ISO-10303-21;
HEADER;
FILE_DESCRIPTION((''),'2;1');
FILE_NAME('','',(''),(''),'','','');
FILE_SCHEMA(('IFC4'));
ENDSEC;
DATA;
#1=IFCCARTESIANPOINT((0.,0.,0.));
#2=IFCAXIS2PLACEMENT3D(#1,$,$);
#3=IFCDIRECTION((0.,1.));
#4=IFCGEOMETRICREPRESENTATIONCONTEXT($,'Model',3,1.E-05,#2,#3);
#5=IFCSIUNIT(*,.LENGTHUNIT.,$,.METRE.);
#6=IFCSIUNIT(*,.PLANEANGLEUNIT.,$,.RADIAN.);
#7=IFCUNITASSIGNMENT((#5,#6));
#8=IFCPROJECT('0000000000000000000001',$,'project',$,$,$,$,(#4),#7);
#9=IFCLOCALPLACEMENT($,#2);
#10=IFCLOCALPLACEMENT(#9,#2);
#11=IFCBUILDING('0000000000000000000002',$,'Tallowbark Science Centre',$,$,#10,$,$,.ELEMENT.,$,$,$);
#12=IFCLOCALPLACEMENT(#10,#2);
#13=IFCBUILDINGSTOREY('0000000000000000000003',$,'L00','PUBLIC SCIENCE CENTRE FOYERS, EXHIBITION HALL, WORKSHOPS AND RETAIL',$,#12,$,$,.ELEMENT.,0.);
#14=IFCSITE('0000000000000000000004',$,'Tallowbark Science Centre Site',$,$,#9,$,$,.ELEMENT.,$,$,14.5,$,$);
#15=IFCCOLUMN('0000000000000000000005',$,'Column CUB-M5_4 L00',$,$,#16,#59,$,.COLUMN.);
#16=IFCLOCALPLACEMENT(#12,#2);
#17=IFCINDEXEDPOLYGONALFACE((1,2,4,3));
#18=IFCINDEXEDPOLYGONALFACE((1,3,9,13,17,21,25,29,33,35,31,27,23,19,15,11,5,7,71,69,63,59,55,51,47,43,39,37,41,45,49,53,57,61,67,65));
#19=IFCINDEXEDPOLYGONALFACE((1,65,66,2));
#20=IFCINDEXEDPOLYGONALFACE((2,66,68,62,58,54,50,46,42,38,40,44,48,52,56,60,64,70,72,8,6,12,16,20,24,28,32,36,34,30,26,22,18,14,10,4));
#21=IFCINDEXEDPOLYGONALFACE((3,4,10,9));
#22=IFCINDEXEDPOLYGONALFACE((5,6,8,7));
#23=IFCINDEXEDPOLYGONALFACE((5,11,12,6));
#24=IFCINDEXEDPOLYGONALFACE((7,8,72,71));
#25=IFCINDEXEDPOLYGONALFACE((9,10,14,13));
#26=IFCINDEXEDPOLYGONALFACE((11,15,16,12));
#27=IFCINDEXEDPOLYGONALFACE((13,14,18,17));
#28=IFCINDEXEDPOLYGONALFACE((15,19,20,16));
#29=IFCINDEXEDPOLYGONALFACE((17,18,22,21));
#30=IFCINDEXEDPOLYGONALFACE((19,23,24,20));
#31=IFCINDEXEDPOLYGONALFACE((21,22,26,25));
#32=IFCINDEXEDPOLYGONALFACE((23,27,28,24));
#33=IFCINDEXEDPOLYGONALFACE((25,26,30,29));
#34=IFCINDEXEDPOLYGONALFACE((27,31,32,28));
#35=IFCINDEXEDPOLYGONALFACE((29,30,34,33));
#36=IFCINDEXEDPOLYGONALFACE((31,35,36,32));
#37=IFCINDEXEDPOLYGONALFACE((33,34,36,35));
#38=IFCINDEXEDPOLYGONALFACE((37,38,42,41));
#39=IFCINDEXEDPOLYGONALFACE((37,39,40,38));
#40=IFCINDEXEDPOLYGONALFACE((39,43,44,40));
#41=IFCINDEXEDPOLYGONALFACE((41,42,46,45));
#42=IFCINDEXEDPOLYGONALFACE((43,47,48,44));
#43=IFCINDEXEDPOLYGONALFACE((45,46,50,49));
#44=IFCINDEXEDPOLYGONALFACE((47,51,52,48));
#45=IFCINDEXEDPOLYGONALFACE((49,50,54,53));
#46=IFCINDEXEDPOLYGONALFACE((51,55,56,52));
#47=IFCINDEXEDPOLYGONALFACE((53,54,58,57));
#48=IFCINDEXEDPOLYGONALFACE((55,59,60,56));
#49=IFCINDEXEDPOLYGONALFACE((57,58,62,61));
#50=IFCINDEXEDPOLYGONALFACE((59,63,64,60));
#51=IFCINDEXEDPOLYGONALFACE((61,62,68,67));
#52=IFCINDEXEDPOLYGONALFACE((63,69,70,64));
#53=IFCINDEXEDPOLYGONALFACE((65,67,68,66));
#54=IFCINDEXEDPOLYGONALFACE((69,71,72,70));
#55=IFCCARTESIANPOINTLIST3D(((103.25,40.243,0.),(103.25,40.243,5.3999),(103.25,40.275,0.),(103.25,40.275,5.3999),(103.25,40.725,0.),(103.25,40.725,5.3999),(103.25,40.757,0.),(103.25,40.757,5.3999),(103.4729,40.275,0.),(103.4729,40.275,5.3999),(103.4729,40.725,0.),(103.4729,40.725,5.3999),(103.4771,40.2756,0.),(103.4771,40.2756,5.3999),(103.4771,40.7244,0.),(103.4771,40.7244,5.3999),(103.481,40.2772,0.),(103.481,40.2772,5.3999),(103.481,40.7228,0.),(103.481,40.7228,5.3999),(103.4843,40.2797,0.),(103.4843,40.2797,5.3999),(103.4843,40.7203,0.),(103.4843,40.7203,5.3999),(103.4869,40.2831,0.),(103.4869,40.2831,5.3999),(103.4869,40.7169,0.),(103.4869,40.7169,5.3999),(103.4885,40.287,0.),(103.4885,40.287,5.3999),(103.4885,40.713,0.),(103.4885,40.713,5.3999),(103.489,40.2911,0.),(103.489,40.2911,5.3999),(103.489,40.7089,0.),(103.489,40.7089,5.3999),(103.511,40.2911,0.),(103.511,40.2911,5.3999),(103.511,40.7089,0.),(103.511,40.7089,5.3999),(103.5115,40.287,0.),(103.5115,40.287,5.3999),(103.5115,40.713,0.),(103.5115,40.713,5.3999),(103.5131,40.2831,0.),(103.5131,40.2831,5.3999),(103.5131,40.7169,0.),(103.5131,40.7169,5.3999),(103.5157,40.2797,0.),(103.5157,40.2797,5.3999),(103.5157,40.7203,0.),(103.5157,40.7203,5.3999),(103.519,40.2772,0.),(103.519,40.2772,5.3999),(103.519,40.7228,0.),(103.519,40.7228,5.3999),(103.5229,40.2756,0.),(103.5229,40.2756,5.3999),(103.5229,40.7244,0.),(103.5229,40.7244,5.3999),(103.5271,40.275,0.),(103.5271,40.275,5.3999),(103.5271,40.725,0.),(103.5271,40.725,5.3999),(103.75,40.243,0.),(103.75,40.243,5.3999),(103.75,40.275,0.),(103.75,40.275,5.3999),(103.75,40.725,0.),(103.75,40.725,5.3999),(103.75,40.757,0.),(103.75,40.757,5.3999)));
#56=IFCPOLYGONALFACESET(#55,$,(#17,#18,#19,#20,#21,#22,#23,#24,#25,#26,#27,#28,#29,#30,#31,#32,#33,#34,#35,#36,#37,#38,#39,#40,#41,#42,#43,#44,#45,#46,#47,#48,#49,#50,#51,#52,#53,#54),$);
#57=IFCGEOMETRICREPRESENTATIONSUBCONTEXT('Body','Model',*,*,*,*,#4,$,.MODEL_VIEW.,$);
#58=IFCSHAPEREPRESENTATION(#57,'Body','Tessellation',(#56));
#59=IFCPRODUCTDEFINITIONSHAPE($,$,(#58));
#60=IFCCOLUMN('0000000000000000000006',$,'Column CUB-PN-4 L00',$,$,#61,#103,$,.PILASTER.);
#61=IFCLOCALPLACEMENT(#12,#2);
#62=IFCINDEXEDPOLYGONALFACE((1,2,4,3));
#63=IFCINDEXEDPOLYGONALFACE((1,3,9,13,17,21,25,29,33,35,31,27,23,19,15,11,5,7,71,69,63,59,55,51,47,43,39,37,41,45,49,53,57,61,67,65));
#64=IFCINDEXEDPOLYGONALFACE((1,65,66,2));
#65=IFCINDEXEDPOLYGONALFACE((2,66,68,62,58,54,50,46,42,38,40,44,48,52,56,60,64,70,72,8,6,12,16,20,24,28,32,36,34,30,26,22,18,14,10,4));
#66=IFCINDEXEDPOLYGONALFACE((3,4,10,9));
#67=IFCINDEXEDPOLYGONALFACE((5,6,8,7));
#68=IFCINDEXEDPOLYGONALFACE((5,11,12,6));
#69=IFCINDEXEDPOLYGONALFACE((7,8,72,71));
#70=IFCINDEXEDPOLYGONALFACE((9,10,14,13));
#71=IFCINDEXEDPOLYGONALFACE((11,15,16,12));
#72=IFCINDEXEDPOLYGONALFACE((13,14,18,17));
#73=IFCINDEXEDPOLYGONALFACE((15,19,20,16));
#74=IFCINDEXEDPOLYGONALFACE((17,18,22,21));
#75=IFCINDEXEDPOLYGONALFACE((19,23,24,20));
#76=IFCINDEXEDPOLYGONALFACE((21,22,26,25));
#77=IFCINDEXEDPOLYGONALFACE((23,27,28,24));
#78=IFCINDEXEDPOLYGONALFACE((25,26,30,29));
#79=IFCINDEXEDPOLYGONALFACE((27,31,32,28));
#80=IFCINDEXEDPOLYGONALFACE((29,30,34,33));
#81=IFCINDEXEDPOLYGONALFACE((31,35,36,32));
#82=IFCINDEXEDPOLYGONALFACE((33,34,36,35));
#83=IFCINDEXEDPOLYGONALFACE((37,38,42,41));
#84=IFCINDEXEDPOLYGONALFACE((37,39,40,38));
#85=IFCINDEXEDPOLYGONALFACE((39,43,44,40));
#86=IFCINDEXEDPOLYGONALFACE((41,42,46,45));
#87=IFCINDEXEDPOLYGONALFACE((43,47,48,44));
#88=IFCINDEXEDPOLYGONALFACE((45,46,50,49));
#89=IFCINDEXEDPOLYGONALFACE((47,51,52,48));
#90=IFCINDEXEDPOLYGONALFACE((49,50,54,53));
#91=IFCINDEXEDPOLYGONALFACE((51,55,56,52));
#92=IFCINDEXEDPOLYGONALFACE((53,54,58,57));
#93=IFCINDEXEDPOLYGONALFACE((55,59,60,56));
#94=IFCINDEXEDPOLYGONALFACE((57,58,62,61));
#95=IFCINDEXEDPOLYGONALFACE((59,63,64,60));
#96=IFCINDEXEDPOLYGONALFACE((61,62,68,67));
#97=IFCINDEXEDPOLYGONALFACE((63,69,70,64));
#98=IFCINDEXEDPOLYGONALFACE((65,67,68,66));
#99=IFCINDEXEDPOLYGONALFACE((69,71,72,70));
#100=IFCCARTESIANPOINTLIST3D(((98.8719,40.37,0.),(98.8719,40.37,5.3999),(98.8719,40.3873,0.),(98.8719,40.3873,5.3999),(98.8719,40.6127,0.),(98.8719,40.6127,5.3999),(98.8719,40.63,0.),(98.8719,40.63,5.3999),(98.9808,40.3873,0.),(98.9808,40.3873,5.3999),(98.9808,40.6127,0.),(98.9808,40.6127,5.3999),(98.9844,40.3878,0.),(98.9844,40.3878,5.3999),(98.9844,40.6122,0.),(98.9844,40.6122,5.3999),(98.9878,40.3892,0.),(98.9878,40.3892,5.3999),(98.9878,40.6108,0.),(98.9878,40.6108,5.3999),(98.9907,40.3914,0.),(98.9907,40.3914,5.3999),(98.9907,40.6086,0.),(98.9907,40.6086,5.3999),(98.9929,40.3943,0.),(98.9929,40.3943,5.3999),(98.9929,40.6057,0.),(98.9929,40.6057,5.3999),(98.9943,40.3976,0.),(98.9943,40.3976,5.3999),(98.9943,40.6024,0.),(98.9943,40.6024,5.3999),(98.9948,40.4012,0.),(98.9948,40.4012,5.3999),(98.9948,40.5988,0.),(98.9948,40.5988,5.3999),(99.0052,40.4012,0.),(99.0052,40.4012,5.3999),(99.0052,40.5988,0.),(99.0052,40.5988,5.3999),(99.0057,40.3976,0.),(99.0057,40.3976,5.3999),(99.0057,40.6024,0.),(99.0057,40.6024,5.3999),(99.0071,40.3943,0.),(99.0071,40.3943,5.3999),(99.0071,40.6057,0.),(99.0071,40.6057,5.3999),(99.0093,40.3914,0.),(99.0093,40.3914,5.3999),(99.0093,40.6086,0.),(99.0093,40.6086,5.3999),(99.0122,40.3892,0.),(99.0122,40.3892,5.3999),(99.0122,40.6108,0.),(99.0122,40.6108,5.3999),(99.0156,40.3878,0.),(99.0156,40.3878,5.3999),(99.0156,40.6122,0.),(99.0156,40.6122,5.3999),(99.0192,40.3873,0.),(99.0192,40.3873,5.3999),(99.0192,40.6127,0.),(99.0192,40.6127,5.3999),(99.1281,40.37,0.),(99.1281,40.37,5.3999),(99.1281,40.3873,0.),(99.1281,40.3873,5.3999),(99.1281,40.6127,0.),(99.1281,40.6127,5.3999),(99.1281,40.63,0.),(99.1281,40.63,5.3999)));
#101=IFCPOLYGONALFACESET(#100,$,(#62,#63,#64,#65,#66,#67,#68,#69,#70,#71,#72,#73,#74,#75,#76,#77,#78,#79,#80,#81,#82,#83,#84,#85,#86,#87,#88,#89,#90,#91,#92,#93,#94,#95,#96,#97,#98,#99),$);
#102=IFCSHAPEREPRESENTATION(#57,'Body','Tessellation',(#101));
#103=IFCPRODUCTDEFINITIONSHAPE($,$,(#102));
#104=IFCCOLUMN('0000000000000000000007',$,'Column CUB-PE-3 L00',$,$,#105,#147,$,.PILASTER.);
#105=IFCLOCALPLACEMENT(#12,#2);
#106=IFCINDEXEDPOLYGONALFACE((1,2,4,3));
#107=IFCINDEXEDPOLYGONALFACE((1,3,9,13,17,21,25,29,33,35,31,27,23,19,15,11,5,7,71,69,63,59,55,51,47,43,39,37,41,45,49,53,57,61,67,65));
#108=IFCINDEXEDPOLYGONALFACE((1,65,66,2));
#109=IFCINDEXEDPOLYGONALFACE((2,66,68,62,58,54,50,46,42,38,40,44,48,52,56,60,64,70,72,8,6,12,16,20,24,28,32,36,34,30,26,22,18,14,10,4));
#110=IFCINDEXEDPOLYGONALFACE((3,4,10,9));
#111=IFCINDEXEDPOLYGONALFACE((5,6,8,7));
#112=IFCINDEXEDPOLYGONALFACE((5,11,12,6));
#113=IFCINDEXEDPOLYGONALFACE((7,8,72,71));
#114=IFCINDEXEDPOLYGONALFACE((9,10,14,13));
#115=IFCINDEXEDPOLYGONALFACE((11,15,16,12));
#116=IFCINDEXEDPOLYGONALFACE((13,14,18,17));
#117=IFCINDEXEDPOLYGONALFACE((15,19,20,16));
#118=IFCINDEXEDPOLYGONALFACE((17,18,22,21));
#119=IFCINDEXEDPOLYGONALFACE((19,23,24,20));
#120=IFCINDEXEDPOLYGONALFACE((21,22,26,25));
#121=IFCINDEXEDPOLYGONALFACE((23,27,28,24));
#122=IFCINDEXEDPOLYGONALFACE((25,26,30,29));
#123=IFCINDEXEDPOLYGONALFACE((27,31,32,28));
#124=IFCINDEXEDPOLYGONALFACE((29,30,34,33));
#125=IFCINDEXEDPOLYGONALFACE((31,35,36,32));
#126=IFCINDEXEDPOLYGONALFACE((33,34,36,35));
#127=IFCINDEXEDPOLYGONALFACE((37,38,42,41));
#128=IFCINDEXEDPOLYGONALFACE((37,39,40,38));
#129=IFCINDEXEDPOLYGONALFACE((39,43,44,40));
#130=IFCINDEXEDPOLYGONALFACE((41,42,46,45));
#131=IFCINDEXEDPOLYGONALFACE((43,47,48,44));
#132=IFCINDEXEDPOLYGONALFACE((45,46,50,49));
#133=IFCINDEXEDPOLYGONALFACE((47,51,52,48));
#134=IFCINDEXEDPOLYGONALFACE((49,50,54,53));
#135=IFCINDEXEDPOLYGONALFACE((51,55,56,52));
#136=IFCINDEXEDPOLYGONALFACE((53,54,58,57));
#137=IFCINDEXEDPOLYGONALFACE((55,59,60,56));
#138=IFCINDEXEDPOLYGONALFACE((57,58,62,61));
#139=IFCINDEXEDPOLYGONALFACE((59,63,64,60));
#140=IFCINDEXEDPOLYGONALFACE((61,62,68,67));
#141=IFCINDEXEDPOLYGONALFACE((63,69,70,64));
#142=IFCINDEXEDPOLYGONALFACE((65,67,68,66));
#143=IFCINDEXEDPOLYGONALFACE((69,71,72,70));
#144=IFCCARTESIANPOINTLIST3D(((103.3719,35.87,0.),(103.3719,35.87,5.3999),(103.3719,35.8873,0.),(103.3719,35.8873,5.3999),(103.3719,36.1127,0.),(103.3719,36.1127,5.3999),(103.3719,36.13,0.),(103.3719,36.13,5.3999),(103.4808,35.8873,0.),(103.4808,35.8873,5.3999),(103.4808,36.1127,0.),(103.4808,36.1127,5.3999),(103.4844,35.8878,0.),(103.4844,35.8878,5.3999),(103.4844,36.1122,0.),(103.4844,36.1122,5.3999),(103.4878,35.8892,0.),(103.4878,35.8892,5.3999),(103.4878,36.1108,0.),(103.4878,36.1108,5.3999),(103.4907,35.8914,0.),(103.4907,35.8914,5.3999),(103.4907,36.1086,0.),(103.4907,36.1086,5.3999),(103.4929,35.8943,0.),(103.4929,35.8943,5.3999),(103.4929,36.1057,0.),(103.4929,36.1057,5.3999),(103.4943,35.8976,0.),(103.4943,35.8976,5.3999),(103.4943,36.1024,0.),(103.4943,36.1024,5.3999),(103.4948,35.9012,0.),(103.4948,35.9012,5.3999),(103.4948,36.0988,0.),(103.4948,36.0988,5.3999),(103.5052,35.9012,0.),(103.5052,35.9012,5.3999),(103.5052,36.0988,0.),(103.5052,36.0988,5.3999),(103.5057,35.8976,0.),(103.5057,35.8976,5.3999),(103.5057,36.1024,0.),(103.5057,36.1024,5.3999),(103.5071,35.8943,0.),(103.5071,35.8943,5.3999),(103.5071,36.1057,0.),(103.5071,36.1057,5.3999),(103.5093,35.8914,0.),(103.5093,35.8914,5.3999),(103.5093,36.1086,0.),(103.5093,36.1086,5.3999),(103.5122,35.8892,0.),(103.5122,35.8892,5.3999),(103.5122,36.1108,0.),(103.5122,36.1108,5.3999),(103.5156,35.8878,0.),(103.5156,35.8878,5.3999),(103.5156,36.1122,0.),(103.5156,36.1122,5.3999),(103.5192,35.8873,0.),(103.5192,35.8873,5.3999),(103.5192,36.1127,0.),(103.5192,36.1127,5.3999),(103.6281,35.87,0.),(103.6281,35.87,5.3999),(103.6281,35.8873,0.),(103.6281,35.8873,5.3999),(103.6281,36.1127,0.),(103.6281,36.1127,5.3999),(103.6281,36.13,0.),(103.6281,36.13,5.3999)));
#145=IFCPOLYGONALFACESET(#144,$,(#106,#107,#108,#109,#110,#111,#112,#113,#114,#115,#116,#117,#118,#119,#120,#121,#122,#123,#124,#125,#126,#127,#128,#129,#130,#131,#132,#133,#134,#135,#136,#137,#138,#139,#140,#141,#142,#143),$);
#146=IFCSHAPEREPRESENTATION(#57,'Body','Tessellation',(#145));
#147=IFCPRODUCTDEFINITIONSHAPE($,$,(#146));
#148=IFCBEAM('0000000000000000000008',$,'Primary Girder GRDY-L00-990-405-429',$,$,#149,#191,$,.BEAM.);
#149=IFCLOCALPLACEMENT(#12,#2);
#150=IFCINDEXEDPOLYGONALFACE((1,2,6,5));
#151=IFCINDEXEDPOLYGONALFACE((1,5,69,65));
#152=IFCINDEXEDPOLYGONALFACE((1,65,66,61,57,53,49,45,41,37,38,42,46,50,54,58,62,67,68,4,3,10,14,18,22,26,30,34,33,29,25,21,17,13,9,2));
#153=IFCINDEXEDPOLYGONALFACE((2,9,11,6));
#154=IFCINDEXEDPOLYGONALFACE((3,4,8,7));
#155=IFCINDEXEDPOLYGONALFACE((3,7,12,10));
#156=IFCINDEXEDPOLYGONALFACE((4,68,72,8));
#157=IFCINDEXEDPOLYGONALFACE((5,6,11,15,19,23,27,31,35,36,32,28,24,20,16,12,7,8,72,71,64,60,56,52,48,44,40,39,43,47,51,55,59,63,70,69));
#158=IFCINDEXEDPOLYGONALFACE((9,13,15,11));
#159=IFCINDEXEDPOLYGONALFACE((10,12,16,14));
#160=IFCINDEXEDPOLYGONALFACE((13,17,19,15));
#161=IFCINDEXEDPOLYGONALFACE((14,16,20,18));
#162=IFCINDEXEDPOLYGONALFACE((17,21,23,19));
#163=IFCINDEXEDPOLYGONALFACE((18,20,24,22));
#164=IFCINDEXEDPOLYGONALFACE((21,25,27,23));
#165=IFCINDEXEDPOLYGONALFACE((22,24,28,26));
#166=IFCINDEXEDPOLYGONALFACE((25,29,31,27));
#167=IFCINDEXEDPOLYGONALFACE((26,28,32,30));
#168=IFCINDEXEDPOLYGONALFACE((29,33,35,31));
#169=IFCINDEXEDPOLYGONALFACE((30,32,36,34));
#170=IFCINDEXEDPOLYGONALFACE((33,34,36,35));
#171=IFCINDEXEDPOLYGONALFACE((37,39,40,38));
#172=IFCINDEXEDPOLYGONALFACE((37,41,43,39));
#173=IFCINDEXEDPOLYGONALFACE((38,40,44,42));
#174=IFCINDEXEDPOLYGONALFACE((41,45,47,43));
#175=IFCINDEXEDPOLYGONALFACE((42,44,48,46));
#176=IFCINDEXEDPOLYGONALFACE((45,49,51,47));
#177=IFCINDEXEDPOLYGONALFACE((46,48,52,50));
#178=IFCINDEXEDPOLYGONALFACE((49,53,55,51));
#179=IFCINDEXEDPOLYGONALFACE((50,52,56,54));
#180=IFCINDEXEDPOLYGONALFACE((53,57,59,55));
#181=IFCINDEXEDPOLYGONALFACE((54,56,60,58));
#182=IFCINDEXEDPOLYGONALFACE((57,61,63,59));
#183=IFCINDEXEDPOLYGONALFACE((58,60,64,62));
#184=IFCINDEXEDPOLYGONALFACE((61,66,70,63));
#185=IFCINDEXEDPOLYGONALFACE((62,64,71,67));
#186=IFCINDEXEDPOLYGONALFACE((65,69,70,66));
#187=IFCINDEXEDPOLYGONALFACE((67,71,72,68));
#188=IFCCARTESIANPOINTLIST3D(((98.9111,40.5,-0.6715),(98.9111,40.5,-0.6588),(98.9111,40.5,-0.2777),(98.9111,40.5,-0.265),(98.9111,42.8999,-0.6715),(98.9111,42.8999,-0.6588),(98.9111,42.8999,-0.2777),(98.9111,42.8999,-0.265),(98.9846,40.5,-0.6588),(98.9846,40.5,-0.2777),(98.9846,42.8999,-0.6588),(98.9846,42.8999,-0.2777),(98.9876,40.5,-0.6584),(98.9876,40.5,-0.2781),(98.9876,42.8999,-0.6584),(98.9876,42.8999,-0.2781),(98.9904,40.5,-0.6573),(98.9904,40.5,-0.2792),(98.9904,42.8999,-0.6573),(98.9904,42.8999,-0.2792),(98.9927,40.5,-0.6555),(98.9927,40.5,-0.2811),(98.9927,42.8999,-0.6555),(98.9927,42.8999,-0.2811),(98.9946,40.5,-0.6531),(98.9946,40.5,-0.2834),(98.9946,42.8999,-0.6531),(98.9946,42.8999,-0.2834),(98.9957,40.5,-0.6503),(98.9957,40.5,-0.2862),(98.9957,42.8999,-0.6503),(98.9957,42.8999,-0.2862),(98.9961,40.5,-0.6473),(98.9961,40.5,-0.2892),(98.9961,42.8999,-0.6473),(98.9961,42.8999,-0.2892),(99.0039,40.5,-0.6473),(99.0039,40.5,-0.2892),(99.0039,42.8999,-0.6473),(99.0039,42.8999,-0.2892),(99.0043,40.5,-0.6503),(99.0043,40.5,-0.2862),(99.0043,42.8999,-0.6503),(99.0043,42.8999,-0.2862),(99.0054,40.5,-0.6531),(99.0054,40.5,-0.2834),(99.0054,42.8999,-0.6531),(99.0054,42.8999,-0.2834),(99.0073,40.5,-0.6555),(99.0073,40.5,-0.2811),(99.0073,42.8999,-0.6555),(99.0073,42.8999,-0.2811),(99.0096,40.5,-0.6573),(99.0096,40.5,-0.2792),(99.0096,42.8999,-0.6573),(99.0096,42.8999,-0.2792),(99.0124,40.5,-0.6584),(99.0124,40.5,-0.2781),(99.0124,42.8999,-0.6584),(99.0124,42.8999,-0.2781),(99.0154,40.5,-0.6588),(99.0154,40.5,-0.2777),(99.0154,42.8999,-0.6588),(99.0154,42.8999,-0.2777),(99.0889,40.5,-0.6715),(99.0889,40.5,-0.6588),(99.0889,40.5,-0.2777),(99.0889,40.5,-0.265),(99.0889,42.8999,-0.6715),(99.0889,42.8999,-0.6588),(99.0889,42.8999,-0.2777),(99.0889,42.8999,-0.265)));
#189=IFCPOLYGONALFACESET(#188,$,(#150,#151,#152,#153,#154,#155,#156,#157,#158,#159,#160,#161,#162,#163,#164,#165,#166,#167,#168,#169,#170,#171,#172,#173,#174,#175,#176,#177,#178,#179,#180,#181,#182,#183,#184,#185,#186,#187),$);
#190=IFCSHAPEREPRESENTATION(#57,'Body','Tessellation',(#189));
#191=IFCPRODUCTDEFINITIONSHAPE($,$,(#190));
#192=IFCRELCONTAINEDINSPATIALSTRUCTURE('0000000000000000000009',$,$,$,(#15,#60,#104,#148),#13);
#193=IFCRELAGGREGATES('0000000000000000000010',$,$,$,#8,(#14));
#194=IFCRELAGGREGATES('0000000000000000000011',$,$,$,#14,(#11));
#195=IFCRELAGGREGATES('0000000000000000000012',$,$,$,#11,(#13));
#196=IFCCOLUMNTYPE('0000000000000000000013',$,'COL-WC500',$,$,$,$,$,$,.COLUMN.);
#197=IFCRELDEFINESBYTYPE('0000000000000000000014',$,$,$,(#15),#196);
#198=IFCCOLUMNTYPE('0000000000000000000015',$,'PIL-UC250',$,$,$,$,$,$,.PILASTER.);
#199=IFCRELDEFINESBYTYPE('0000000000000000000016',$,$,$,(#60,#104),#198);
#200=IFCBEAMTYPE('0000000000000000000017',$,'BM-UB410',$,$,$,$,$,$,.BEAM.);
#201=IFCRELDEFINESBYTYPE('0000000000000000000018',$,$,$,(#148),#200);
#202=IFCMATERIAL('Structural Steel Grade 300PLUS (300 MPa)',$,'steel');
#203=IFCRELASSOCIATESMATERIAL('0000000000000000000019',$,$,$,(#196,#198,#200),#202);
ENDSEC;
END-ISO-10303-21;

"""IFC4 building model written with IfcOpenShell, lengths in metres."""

from ifc_helpers import new_model, si_unit, direction, frame, origin, origin_2d, place, context, subcontext, project, spatial, i_section, extrude, material, material_profile, profile_set, type_object, element, save


model = new_model("IFC4")

# Units and contexts
model_context = context("Model", 3, precision=1e-05, world=origin(), true_north=direction((0.0, 1.0)))
body_context = subcontext(model_context, "Body", "Model", "MODEL_VIEW")
ifc_project = project(units=[si_unit("LENGTHUNIT", "METRE"), si_unit("PLANEANGLEUNIT", "RADIAN")], contexts=[model_context])

# Site, building, storey
site_placement = place(None, origin())
site = spatial("IfcSite", under=ifc_project, at=site_placement, Name="Tallowbark Science Centre Site", CompositionType="ELEMENT", RefElevation=14.5)
building_placement = place(site_placement, origin())
building = spatial("IfcBuilding", under=site, at=building_placement, Name="Tallowbark Science Centre", CompositionType="ELEMENT")
storey_placement = place(building_placement, origin())
storey = spatial("IfcBuildingStorey", under=building, at=storey_placement, Name="L00", Description="PUBLIC SCIENCE CENTRE FOYERS, EXHIBITION HALL, WORKSHOPS AND RETAIL", CompositionType="ELEMENT", Elevation=0.0)

# Columns
ifc_material_1 = material(Name="Structural Steel Grade 300PLUS (300 MPa)", Category="steel")
ifc_material_profile_1 = material_profile(ifc_material_1, i_section(OverallWidth=0.5, OverallDepth=0.5139, WebThickness=0.022, FlangeThickness=0.032, FilletRadius=0.0161, at=origin_2d()), Name="500WC340")
ifc_profile_set_1 = profile_set([ifc_material_profile_1], Name="Structural Steel Grade 300PLUS (300 MPa)")
column_type_1 = type_object("IfcColumnType", Name="COL-WC500", PredefinedType="COLUMN", material=ifc_profile_set_1)
column_placement = place(storey_placement, frame((103.5, 40.5, 0.0), z_axis=(0.0, 0.0, 1.0), x_axis=(1.0, 0.0, 0.0)))
element("IfcColumn", 1, at=column_placement, inside=storey, type_object=column_type_1, Name="Column CUB-M5_4 L00", PredefinedType="COLUMN", context=body_context, shape_type="SweptSolid", body=[
    extrude(i_section(OverallWidth=0.5, OverallDepth=0.5139, WebThickness=0.022, FlangeThickness=0.032, FilletRadius=0.0161, at=origin_2d()), origin(), (0.0, 0.0, 1.0), 5.3999),
])
ifc_material_profile_2 = material_profile(ifc_material_1, i_section(OverallWidth=0.2561, OverallDepth=0.26, WebThickness=0.0105, FlangeThickness=0.0173, FilletRadius=0.0139, at=origin_2d()), Name="250UC89.5")
ifc_profile_set_2 = profile_set([ifc_material_profile_2], Name="Structural Steel Grade 300PLUS (300 MPa)")
column_type_2 = type_object("IfcColumnType", Name="PIL-UC250", PredefinedType="PILASTER", material=ifc_profile_set_2)
for number, where, z_axis, x_axis, name in (
    (2, (99.0, 40.5, 0.0), (0.0, 0.0, 1.0), (1.0, 0.0, 0.0), "Column CUB-PN-4 L00"),
    (3, (103.5, 36.0, 0.0), (0.0, 0.0, 1.0), (1.0, 0.0, 0.0), "Column CUB-PE-3 L00"),
):
    element("IfcColumn", number, at=place(storey_placement, frame(where, z_axis=z_axis, x_axis=x_axis)), inside=storey, type_object=column_type_2, Name=name, PredefinedType="PILASTER", context=body_context, shape_type="SweptSolid", body=[
        extrude(i_section(OverallWidth=0.2561, OverallDepth=0.26, WebThickness=0.0105, FlangeThickness=0.0173, FilletRadius=0.0139, at=origin_2d()), origin(), (0.0, 0.0, 1.0), 5.3999),
    ])

# Beam
ifc_material_profile_3 = material_profile(ifc_material_1, i_section(OverallWidth=0.1777, OverallDepth=0.4065, WebThickness=0.0078, FlangeThickness=0.0127, FilletRadius=0.0115, at=origin_2d()), Name="410UB59.7")
ifc_profile_set_3 = profile_set([ifc_material_profile_3], Name="Structural Steel Grade 300PLUS (300 MPa)")
beam_type_1 = type_object("IfcBeamType", Name="BM-UB410", PredefinedType="BEAM", material=ifc_profile_set_3)
beam_1_placement = place(storey_placement, frame((99.0, 40.5, -0.4683), z_axis=(0.0, 1.0, 0.0), x_axis=(-1.0, 0.0, 0.0)))
element("IfcBeam", 4, at=beam_1_placement, inside=storey, type_object=beam_type_1, Name="Primary Girder GRDY-L00-990-405-429", PredefinedType="BEAM", context=body_context, shape_type="SweptSolid", body=[
    extrude(i_section(OverallWidth=0.1777, OverallDepth=0.4065, WebThickness=0.0078, FlangeThickness=0.0127, FilletRadius=0.0115, at=origin_2d()), origin(), (0.0, 0.0, 1.0), 2.3999),
])

save(model, "model.ifc")
